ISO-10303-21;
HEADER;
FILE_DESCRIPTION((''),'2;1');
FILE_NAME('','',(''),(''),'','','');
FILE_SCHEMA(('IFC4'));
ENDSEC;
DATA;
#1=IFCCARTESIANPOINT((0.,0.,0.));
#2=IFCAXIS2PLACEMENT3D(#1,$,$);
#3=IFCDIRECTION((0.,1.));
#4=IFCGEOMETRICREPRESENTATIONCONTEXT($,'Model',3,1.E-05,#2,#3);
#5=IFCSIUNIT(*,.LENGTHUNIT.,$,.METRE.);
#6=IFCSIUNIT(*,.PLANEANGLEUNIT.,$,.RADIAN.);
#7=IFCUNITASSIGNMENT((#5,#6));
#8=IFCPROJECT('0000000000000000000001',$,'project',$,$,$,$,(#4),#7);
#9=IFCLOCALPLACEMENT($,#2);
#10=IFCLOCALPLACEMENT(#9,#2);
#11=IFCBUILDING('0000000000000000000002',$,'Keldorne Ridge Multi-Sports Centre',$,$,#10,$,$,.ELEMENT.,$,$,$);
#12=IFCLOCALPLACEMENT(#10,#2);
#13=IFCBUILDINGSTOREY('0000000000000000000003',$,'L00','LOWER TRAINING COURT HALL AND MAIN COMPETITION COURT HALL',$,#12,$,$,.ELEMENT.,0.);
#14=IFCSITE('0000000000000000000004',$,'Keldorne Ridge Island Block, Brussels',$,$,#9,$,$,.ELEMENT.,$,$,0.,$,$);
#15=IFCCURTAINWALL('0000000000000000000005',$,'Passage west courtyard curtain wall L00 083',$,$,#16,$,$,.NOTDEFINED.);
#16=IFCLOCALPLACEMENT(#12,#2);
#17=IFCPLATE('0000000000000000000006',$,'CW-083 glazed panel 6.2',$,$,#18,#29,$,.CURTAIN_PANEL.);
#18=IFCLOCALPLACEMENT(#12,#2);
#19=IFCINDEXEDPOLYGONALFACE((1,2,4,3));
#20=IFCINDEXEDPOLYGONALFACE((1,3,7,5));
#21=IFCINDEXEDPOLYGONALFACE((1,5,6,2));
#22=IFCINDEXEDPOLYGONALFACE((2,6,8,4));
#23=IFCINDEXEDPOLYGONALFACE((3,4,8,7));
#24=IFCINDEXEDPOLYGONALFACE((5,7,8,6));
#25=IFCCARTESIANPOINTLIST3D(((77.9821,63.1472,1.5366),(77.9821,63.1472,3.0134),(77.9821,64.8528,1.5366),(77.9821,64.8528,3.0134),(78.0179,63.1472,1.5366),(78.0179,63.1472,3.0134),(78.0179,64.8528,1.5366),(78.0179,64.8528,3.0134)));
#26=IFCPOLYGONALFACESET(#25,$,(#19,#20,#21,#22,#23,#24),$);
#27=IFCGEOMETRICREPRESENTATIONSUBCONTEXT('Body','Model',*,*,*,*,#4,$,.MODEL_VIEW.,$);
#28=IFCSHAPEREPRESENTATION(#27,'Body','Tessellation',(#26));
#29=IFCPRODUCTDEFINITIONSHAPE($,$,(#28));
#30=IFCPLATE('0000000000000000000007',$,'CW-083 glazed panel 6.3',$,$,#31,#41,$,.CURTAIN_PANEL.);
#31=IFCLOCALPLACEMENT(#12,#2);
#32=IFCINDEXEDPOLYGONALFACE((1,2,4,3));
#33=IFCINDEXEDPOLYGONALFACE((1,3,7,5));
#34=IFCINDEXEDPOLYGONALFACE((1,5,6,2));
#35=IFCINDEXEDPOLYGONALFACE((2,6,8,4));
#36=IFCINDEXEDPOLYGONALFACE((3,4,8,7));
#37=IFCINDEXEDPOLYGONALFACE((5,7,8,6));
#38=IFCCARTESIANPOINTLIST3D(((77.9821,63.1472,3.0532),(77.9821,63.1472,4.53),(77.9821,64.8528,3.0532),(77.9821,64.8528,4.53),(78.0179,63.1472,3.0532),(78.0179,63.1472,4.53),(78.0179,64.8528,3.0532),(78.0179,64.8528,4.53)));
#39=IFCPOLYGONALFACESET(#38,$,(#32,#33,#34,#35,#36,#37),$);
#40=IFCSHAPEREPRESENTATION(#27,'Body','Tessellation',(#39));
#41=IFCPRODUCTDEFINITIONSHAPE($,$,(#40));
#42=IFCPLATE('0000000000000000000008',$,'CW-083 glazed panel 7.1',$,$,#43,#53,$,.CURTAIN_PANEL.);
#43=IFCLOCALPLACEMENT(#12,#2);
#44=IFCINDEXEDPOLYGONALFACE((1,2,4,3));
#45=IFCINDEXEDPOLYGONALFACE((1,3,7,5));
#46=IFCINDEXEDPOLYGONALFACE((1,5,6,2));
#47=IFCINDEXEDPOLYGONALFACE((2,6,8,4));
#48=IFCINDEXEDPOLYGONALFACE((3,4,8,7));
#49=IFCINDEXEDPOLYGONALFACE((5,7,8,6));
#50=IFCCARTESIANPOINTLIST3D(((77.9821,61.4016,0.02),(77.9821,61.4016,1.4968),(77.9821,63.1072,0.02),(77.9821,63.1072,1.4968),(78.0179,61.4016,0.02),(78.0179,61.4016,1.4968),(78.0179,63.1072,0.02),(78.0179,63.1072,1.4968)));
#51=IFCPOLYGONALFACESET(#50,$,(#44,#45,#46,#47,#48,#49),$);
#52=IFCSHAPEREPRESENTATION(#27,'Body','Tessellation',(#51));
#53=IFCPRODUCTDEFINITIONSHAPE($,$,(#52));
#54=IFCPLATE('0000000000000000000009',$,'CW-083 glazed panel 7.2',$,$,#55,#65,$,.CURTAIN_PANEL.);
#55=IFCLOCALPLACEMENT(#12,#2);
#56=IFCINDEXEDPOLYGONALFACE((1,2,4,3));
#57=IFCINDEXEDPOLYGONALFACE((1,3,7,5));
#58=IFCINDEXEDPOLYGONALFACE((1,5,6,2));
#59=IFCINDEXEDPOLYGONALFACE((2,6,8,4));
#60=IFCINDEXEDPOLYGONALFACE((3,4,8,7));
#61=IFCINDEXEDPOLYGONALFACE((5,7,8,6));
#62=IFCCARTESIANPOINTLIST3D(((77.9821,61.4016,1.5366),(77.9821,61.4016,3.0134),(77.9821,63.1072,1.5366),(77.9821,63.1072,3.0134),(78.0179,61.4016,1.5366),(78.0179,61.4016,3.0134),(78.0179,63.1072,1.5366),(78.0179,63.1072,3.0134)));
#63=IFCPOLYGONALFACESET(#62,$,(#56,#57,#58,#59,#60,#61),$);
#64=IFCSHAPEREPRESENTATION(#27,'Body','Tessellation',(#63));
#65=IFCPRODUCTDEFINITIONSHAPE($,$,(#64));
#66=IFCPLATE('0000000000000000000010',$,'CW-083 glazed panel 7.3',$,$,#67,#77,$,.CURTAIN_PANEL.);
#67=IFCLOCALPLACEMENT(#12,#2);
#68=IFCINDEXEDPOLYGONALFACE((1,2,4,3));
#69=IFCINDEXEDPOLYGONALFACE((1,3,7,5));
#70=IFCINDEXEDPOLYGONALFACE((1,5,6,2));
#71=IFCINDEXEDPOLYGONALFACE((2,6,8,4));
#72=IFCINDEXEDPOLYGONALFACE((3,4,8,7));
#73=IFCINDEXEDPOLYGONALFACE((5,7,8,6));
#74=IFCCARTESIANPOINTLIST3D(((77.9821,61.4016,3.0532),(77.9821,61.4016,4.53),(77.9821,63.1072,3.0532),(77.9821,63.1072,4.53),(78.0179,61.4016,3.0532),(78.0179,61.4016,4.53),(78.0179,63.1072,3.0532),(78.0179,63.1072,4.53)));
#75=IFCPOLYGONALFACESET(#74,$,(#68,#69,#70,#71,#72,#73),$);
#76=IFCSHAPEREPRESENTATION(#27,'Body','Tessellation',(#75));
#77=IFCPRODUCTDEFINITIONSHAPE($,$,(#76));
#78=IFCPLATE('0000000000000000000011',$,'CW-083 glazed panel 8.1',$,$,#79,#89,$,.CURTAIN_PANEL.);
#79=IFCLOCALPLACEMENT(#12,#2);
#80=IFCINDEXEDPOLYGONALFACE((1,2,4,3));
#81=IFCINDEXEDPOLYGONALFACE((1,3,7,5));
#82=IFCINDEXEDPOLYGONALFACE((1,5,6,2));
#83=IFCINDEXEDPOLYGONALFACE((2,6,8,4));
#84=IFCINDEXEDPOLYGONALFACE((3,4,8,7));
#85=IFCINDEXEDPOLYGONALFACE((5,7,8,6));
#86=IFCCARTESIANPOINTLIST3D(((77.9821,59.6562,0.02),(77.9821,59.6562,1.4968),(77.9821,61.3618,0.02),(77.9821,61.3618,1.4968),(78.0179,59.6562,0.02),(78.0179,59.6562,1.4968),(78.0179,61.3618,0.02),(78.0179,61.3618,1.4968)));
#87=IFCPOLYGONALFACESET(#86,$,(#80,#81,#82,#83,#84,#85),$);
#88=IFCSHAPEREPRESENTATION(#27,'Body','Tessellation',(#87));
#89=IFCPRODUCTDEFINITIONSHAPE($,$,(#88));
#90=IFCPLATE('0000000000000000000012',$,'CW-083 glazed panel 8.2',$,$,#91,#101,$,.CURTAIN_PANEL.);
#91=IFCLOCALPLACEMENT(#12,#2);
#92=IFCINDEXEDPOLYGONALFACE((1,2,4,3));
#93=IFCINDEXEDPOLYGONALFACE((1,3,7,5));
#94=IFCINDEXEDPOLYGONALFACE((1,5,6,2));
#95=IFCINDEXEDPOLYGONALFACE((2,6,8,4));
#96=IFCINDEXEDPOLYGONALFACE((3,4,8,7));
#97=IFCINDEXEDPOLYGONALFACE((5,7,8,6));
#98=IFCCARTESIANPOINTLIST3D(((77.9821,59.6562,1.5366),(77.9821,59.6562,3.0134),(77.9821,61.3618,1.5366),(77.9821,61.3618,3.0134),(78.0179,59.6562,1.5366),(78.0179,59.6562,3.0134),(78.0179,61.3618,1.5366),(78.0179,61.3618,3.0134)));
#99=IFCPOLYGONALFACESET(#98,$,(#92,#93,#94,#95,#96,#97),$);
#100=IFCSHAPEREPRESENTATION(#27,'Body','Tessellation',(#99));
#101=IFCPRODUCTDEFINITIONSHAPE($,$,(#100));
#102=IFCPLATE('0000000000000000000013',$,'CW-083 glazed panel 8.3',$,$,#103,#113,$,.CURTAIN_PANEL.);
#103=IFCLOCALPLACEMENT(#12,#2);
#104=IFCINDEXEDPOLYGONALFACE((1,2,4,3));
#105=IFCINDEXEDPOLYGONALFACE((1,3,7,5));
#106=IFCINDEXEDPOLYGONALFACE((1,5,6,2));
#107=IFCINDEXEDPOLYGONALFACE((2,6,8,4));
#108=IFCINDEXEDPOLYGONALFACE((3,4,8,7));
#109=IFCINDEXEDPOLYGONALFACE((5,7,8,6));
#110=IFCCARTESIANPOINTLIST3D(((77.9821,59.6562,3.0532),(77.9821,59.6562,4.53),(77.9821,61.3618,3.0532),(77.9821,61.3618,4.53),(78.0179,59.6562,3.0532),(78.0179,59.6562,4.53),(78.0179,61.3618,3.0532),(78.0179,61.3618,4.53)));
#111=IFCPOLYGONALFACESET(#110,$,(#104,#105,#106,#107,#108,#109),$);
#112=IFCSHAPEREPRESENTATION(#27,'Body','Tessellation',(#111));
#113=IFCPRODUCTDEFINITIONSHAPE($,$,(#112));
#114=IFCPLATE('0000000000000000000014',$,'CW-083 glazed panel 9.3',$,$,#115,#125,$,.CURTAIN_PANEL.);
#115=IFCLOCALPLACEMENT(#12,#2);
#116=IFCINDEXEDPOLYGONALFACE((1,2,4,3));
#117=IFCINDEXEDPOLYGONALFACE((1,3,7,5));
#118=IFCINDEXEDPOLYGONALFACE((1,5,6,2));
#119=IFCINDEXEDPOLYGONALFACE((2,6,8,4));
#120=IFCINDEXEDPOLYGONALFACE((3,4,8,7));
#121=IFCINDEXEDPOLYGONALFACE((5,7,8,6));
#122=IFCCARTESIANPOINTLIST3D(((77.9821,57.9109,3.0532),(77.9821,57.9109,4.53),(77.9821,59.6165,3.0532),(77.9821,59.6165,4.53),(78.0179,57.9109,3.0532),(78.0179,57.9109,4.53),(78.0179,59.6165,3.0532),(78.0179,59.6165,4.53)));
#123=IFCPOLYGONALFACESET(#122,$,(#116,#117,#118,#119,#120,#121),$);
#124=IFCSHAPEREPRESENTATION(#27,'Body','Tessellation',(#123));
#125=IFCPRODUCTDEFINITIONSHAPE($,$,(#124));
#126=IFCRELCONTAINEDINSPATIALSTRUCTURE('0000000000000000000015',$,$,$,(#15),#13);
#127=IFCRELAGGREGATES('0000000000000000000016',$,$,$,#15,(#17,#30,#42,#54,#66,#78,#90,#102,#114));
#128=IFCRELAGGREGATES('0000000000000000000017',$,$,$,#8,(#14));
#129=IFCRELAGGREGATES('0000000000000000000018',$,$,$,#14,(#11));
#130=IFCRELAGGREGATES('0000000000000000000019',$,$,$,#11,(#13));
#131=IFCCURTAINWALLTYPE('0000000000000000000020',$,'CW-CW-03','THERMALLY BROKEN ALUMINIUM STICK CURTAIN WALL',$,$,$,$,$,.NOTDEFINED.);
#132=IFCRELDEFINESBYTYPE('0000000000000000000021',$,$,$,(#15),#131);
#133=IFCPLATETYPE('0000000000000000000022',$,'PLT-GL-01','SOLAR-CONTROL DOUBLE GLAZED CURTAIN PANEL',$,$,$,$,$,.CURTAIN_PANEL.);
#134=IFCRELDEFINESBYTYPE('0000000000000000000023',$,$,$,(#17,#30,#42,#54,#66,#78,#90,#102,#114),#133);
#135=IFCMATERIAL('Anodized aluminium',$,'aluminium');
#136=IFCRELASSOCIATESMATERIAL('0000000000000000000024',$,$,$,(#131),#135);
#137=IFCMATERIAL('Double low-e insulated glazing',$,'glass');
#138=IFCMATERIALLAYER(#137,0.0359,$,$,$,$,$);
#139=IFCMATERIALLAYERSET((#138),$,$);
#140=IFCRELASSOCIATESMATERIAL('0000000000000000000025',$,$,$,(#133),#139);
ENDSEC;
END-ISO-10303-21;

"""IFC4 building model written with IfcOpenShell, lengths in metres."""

from ifc_helpers import new_model, si_unit, direction, frame, origin, origin_2d, place, context, subcontext, project, spatial, rectangle, extrude, material, layer, layer_set, type_object, element, aggregate, save


model = new_model("IFC4")

# Units and contexts
model_context = context("Model", 3, precision=1e-05, world=origin(), true_north=direction((0.0, 1.0)))
body_context = subcontext(model_context, "Body", "Model", "MODEL_VIEW")
ifc_project = project(units=[si_unit("LENGTHUNIT", "METRE"), si_unit("PLANEANGLEUNIT", "RADIAN")], contexts=[model_context])

# Site, building, storey
site_placement = place(None, origin())
site = spatial("IfcSite", under=ifc_project, at=site_placement, Name="Keldorne Ridge Island Block, Brussels", CompositionType="ELEMENT", RefElevation=0.0)
building_placement = place(site_placement, origin())
building = spatial("IfcBuilding", under=site, at=building_placement, Name="Keldorne Ridge Multi-Sports Centre", CompositionType="ELEMENT")
storey_placement = place(building_placement, origin())
storey = spatial("IfcBuildingStorey", under=building, at=storey_placement, Name="L00", Description="LOWER TRAINING COURT HALL AND MAIN COMPETITION COURT HALL", CompositionType="ELEMENT", Elevation=0.0)

# Curtain wall, plates
ifc_material_1 = material(Name="Anodized aluminium", Category="aluminium")
curtain_wall_type = type_object("IfcCurtainWallType", Name="CW-CW-03", Description="THERMALLY BROKEN ALUMINIUM STICK CURTAIN WALL", PredefinedType="NOTDEFINED", material=ifc_material_1)
curtain_wall_placement = place(storey_placement, origin())
curtain_wall = element("IfcCurtainWall", 1, at=curtain_wall_placement, inside=storey, type_object=curtain_wall_type, Name="Passage west courtyard curtain wall L00 083", PredefinedType="NOTDEFINED")
ifc_material_2 = material(Name="Double low-e insulated glazing", Category="glass")
ifc_layer = layer(ifc_material_2, 0.0359)
ifc_layer_set = layer_set([ifc_layer])
plate_type = type_object("IfcPlateType", Name="PLT-GL-01", Description="SOLAR-CONTROL DOUBLE GLAZED CURTAIN PANEL", PredefinedType="CURTAIN_PANEL", material=ifc_layer_set)
plate_1_placement = place(storey_placement, frame((78.0, 64.0, 1.5366), z_axis=(0.0, 0.0, 1.0), x_axis=(0.0, -1.0, 0.0)))
plate_1 = element("IfcPlate", 2, at=plate_1_placement, type_object=plate_type, Name="CW-083 glazed panel 6.2", PredefinedType="CURTAIN_PANEL", context=body_context, shape_type="SweptSolid", body=[
    extrude(rectangle(XDim=1.7056, YDim=0.0359, at=origin_2d()), origin(), (0.0, 0.0, 1.0), 1.4768),
])
plate_2_placement = place(storey_placement, frame((78.0, 64.0, 3.0532), z_axis=(0.0, 0.0, 1.0), x_axis=(0.0, -1.0, 0.0)))
plate_2 = element("IfcPlate", 3, at=plate_2_placement, type_object=plate_type, Name="CW-083 glazed panel 6.3", PredefinedType="CURTAIN_PANEL", context=body_context, shape_type="SweptSolid", body=[
    extrude(rectangle(XDim=1.7056, YDim=0.0359, at=origin_2d()), origin(), (0.0, 0.0, 1.0), 1.4768),
])
plate_3_placement = place(storey_placement, frame((78.0, 62.2544, 0.02), z_axis=(0.0, 0.0, 1.0), x_axis=(0.0, -1.0, 0.0)))
plate_3 = element("IfcPlate", 4, at=plate_3_placement, type_object=plate_type, Name="CW-083 glazed panel 7.1", PredefinedType="CURTAIN_PANEL", context=body_context, shape_type="SweptSolid", body=[
    extrude(rectangle(XDim=1.7056, YDim=0.0359, at=origin_2d()), origin(), (0.0, 0.0, 1.0), 1.4768),
])
plate_4_placement = place(storey_placement, frame((78.0, 62.2544, 1.5366), z_axis=(0.0, 0.0, 1.0), x_axis=(0.0, -1.0, 0.0)))
plate_4 = element("IfcPlate", 5, at=plate_4_placement, type_object=plate_type, Name="CW-083 glazed panel 7.2", PredefinedType="CURTAIN_PANEL", context=body_context, shape_type="SweptSolid", body=[
    extrude(rectangle(XDim=1.7056, YDim=0.0359, at=origin_2d()), origin(), (0.0, 0.0, 1.0), 1.4768),
])
plate_5_placement = place(storey_placement, frame((78.0, 62.2544, 3.0532), z_axis=(0.0, 0.0, 1.0), x_axis=(0.0, -1.0, 0.0)))
plate_5 = element("IfcPlate", 6, at=plate_5_placement, type_object=plate_type, Name="CW-083 glazed panel 7.3", PredefinedType="CURTAIN_PANEL", context=body_context, shape_type="SweptSolid", body=[
    extrude(rectangle(XDim=1.7056, YDim=0.0359, at=origin_2d()), origin(), (0.0, 0.0, 1.0), 1.4768),
])
plate_6_placement = place(storey_placement, frame((78.0, 60.509, 0.02), z_axis=(0.0, 0.0, 1.0), x_axis=(0.0, -1.0, 0.0)))
plate_6 = element("IfcPlate", 7, at=plate_6_placement, type_object=plate_type, Name="CW-083 glazed panel 8.1", PredefinedType="CURTAIN_PANEL", context=body_context, shape_type="SweptSolid", body=[
    extrude(rectangle(XDim=1.7056, YDim=0.0359, at=origin_2d()), origin(), (0.0, 0.0, 1.0), 1.4768),
])
plate_7_placement = place(storey_placement, frame((78.0, 60.509, 1.5366), z_axis=(0.0, 0.0, 1.0), x_axis=(0.0, -1.0, 0.0)))
plate_7 = element("IfcPlate", 8, at=plate_7_placement, type_object=plate_type, Name="CW-083 glazed panel 8.2", PredefinedType="CURTAIN_PANEL", context=body_context, shape_type="SweptSolid", body=[
    extrude(rectangle(XDim=1.7056, YDim=0.0359, at=origin_2d()), origin(), (0.0, 0.0, 1.0), 1.4768),
])
plate_8_placement = place(storey_placement, frame((78.0, 60.509, 3.0532), z_axis=(0.0, 0.0, 1.0), x_axis=(0.0, -1.0, 0.0)))
plate_8 = element("IfcPlate", 9, at=plate_8_placement, type_object=plate_type, Name="CW-083 glazed panel 8.3", PredefinedType="CURTAIN_PANEL", context=body_context, shape_type="SweptSolid", body=[
    extrude(rectangle(XDim=1.7056, YDim=0.0359, at=origin_2d()), origin(), (0.0, 0.0, 1.0), 1.4768),
])
plate_9_placement = place(storey_placement, frame((78.0, 58.7637, 3.0532), z_axis=(0.0, 0.0, 1.0), x_axis=(0.0, -1.0, 0.0)))
plate_9 = element("IfcPlate", 10, at=plate_9_placement, type_object=plate_type, Name="CW-083 glazed panel 9.3", PredefinedType="CURTAIN_PANEL", context=body_context, shape_type="SweptSolid", body=[
    extrude(rectangle(XDim=1.7056, YDim=0.0359, at=origin_2d()), origin(), (0.0, 0.0, 1.0), 1.4768),
])
aggregate(curtain_wall, [plate_1, plate_2, plate_3, plate_4, plate_5, plate_6, plate_7, plate_8, plate_9])

save(model, "model.ifc")
